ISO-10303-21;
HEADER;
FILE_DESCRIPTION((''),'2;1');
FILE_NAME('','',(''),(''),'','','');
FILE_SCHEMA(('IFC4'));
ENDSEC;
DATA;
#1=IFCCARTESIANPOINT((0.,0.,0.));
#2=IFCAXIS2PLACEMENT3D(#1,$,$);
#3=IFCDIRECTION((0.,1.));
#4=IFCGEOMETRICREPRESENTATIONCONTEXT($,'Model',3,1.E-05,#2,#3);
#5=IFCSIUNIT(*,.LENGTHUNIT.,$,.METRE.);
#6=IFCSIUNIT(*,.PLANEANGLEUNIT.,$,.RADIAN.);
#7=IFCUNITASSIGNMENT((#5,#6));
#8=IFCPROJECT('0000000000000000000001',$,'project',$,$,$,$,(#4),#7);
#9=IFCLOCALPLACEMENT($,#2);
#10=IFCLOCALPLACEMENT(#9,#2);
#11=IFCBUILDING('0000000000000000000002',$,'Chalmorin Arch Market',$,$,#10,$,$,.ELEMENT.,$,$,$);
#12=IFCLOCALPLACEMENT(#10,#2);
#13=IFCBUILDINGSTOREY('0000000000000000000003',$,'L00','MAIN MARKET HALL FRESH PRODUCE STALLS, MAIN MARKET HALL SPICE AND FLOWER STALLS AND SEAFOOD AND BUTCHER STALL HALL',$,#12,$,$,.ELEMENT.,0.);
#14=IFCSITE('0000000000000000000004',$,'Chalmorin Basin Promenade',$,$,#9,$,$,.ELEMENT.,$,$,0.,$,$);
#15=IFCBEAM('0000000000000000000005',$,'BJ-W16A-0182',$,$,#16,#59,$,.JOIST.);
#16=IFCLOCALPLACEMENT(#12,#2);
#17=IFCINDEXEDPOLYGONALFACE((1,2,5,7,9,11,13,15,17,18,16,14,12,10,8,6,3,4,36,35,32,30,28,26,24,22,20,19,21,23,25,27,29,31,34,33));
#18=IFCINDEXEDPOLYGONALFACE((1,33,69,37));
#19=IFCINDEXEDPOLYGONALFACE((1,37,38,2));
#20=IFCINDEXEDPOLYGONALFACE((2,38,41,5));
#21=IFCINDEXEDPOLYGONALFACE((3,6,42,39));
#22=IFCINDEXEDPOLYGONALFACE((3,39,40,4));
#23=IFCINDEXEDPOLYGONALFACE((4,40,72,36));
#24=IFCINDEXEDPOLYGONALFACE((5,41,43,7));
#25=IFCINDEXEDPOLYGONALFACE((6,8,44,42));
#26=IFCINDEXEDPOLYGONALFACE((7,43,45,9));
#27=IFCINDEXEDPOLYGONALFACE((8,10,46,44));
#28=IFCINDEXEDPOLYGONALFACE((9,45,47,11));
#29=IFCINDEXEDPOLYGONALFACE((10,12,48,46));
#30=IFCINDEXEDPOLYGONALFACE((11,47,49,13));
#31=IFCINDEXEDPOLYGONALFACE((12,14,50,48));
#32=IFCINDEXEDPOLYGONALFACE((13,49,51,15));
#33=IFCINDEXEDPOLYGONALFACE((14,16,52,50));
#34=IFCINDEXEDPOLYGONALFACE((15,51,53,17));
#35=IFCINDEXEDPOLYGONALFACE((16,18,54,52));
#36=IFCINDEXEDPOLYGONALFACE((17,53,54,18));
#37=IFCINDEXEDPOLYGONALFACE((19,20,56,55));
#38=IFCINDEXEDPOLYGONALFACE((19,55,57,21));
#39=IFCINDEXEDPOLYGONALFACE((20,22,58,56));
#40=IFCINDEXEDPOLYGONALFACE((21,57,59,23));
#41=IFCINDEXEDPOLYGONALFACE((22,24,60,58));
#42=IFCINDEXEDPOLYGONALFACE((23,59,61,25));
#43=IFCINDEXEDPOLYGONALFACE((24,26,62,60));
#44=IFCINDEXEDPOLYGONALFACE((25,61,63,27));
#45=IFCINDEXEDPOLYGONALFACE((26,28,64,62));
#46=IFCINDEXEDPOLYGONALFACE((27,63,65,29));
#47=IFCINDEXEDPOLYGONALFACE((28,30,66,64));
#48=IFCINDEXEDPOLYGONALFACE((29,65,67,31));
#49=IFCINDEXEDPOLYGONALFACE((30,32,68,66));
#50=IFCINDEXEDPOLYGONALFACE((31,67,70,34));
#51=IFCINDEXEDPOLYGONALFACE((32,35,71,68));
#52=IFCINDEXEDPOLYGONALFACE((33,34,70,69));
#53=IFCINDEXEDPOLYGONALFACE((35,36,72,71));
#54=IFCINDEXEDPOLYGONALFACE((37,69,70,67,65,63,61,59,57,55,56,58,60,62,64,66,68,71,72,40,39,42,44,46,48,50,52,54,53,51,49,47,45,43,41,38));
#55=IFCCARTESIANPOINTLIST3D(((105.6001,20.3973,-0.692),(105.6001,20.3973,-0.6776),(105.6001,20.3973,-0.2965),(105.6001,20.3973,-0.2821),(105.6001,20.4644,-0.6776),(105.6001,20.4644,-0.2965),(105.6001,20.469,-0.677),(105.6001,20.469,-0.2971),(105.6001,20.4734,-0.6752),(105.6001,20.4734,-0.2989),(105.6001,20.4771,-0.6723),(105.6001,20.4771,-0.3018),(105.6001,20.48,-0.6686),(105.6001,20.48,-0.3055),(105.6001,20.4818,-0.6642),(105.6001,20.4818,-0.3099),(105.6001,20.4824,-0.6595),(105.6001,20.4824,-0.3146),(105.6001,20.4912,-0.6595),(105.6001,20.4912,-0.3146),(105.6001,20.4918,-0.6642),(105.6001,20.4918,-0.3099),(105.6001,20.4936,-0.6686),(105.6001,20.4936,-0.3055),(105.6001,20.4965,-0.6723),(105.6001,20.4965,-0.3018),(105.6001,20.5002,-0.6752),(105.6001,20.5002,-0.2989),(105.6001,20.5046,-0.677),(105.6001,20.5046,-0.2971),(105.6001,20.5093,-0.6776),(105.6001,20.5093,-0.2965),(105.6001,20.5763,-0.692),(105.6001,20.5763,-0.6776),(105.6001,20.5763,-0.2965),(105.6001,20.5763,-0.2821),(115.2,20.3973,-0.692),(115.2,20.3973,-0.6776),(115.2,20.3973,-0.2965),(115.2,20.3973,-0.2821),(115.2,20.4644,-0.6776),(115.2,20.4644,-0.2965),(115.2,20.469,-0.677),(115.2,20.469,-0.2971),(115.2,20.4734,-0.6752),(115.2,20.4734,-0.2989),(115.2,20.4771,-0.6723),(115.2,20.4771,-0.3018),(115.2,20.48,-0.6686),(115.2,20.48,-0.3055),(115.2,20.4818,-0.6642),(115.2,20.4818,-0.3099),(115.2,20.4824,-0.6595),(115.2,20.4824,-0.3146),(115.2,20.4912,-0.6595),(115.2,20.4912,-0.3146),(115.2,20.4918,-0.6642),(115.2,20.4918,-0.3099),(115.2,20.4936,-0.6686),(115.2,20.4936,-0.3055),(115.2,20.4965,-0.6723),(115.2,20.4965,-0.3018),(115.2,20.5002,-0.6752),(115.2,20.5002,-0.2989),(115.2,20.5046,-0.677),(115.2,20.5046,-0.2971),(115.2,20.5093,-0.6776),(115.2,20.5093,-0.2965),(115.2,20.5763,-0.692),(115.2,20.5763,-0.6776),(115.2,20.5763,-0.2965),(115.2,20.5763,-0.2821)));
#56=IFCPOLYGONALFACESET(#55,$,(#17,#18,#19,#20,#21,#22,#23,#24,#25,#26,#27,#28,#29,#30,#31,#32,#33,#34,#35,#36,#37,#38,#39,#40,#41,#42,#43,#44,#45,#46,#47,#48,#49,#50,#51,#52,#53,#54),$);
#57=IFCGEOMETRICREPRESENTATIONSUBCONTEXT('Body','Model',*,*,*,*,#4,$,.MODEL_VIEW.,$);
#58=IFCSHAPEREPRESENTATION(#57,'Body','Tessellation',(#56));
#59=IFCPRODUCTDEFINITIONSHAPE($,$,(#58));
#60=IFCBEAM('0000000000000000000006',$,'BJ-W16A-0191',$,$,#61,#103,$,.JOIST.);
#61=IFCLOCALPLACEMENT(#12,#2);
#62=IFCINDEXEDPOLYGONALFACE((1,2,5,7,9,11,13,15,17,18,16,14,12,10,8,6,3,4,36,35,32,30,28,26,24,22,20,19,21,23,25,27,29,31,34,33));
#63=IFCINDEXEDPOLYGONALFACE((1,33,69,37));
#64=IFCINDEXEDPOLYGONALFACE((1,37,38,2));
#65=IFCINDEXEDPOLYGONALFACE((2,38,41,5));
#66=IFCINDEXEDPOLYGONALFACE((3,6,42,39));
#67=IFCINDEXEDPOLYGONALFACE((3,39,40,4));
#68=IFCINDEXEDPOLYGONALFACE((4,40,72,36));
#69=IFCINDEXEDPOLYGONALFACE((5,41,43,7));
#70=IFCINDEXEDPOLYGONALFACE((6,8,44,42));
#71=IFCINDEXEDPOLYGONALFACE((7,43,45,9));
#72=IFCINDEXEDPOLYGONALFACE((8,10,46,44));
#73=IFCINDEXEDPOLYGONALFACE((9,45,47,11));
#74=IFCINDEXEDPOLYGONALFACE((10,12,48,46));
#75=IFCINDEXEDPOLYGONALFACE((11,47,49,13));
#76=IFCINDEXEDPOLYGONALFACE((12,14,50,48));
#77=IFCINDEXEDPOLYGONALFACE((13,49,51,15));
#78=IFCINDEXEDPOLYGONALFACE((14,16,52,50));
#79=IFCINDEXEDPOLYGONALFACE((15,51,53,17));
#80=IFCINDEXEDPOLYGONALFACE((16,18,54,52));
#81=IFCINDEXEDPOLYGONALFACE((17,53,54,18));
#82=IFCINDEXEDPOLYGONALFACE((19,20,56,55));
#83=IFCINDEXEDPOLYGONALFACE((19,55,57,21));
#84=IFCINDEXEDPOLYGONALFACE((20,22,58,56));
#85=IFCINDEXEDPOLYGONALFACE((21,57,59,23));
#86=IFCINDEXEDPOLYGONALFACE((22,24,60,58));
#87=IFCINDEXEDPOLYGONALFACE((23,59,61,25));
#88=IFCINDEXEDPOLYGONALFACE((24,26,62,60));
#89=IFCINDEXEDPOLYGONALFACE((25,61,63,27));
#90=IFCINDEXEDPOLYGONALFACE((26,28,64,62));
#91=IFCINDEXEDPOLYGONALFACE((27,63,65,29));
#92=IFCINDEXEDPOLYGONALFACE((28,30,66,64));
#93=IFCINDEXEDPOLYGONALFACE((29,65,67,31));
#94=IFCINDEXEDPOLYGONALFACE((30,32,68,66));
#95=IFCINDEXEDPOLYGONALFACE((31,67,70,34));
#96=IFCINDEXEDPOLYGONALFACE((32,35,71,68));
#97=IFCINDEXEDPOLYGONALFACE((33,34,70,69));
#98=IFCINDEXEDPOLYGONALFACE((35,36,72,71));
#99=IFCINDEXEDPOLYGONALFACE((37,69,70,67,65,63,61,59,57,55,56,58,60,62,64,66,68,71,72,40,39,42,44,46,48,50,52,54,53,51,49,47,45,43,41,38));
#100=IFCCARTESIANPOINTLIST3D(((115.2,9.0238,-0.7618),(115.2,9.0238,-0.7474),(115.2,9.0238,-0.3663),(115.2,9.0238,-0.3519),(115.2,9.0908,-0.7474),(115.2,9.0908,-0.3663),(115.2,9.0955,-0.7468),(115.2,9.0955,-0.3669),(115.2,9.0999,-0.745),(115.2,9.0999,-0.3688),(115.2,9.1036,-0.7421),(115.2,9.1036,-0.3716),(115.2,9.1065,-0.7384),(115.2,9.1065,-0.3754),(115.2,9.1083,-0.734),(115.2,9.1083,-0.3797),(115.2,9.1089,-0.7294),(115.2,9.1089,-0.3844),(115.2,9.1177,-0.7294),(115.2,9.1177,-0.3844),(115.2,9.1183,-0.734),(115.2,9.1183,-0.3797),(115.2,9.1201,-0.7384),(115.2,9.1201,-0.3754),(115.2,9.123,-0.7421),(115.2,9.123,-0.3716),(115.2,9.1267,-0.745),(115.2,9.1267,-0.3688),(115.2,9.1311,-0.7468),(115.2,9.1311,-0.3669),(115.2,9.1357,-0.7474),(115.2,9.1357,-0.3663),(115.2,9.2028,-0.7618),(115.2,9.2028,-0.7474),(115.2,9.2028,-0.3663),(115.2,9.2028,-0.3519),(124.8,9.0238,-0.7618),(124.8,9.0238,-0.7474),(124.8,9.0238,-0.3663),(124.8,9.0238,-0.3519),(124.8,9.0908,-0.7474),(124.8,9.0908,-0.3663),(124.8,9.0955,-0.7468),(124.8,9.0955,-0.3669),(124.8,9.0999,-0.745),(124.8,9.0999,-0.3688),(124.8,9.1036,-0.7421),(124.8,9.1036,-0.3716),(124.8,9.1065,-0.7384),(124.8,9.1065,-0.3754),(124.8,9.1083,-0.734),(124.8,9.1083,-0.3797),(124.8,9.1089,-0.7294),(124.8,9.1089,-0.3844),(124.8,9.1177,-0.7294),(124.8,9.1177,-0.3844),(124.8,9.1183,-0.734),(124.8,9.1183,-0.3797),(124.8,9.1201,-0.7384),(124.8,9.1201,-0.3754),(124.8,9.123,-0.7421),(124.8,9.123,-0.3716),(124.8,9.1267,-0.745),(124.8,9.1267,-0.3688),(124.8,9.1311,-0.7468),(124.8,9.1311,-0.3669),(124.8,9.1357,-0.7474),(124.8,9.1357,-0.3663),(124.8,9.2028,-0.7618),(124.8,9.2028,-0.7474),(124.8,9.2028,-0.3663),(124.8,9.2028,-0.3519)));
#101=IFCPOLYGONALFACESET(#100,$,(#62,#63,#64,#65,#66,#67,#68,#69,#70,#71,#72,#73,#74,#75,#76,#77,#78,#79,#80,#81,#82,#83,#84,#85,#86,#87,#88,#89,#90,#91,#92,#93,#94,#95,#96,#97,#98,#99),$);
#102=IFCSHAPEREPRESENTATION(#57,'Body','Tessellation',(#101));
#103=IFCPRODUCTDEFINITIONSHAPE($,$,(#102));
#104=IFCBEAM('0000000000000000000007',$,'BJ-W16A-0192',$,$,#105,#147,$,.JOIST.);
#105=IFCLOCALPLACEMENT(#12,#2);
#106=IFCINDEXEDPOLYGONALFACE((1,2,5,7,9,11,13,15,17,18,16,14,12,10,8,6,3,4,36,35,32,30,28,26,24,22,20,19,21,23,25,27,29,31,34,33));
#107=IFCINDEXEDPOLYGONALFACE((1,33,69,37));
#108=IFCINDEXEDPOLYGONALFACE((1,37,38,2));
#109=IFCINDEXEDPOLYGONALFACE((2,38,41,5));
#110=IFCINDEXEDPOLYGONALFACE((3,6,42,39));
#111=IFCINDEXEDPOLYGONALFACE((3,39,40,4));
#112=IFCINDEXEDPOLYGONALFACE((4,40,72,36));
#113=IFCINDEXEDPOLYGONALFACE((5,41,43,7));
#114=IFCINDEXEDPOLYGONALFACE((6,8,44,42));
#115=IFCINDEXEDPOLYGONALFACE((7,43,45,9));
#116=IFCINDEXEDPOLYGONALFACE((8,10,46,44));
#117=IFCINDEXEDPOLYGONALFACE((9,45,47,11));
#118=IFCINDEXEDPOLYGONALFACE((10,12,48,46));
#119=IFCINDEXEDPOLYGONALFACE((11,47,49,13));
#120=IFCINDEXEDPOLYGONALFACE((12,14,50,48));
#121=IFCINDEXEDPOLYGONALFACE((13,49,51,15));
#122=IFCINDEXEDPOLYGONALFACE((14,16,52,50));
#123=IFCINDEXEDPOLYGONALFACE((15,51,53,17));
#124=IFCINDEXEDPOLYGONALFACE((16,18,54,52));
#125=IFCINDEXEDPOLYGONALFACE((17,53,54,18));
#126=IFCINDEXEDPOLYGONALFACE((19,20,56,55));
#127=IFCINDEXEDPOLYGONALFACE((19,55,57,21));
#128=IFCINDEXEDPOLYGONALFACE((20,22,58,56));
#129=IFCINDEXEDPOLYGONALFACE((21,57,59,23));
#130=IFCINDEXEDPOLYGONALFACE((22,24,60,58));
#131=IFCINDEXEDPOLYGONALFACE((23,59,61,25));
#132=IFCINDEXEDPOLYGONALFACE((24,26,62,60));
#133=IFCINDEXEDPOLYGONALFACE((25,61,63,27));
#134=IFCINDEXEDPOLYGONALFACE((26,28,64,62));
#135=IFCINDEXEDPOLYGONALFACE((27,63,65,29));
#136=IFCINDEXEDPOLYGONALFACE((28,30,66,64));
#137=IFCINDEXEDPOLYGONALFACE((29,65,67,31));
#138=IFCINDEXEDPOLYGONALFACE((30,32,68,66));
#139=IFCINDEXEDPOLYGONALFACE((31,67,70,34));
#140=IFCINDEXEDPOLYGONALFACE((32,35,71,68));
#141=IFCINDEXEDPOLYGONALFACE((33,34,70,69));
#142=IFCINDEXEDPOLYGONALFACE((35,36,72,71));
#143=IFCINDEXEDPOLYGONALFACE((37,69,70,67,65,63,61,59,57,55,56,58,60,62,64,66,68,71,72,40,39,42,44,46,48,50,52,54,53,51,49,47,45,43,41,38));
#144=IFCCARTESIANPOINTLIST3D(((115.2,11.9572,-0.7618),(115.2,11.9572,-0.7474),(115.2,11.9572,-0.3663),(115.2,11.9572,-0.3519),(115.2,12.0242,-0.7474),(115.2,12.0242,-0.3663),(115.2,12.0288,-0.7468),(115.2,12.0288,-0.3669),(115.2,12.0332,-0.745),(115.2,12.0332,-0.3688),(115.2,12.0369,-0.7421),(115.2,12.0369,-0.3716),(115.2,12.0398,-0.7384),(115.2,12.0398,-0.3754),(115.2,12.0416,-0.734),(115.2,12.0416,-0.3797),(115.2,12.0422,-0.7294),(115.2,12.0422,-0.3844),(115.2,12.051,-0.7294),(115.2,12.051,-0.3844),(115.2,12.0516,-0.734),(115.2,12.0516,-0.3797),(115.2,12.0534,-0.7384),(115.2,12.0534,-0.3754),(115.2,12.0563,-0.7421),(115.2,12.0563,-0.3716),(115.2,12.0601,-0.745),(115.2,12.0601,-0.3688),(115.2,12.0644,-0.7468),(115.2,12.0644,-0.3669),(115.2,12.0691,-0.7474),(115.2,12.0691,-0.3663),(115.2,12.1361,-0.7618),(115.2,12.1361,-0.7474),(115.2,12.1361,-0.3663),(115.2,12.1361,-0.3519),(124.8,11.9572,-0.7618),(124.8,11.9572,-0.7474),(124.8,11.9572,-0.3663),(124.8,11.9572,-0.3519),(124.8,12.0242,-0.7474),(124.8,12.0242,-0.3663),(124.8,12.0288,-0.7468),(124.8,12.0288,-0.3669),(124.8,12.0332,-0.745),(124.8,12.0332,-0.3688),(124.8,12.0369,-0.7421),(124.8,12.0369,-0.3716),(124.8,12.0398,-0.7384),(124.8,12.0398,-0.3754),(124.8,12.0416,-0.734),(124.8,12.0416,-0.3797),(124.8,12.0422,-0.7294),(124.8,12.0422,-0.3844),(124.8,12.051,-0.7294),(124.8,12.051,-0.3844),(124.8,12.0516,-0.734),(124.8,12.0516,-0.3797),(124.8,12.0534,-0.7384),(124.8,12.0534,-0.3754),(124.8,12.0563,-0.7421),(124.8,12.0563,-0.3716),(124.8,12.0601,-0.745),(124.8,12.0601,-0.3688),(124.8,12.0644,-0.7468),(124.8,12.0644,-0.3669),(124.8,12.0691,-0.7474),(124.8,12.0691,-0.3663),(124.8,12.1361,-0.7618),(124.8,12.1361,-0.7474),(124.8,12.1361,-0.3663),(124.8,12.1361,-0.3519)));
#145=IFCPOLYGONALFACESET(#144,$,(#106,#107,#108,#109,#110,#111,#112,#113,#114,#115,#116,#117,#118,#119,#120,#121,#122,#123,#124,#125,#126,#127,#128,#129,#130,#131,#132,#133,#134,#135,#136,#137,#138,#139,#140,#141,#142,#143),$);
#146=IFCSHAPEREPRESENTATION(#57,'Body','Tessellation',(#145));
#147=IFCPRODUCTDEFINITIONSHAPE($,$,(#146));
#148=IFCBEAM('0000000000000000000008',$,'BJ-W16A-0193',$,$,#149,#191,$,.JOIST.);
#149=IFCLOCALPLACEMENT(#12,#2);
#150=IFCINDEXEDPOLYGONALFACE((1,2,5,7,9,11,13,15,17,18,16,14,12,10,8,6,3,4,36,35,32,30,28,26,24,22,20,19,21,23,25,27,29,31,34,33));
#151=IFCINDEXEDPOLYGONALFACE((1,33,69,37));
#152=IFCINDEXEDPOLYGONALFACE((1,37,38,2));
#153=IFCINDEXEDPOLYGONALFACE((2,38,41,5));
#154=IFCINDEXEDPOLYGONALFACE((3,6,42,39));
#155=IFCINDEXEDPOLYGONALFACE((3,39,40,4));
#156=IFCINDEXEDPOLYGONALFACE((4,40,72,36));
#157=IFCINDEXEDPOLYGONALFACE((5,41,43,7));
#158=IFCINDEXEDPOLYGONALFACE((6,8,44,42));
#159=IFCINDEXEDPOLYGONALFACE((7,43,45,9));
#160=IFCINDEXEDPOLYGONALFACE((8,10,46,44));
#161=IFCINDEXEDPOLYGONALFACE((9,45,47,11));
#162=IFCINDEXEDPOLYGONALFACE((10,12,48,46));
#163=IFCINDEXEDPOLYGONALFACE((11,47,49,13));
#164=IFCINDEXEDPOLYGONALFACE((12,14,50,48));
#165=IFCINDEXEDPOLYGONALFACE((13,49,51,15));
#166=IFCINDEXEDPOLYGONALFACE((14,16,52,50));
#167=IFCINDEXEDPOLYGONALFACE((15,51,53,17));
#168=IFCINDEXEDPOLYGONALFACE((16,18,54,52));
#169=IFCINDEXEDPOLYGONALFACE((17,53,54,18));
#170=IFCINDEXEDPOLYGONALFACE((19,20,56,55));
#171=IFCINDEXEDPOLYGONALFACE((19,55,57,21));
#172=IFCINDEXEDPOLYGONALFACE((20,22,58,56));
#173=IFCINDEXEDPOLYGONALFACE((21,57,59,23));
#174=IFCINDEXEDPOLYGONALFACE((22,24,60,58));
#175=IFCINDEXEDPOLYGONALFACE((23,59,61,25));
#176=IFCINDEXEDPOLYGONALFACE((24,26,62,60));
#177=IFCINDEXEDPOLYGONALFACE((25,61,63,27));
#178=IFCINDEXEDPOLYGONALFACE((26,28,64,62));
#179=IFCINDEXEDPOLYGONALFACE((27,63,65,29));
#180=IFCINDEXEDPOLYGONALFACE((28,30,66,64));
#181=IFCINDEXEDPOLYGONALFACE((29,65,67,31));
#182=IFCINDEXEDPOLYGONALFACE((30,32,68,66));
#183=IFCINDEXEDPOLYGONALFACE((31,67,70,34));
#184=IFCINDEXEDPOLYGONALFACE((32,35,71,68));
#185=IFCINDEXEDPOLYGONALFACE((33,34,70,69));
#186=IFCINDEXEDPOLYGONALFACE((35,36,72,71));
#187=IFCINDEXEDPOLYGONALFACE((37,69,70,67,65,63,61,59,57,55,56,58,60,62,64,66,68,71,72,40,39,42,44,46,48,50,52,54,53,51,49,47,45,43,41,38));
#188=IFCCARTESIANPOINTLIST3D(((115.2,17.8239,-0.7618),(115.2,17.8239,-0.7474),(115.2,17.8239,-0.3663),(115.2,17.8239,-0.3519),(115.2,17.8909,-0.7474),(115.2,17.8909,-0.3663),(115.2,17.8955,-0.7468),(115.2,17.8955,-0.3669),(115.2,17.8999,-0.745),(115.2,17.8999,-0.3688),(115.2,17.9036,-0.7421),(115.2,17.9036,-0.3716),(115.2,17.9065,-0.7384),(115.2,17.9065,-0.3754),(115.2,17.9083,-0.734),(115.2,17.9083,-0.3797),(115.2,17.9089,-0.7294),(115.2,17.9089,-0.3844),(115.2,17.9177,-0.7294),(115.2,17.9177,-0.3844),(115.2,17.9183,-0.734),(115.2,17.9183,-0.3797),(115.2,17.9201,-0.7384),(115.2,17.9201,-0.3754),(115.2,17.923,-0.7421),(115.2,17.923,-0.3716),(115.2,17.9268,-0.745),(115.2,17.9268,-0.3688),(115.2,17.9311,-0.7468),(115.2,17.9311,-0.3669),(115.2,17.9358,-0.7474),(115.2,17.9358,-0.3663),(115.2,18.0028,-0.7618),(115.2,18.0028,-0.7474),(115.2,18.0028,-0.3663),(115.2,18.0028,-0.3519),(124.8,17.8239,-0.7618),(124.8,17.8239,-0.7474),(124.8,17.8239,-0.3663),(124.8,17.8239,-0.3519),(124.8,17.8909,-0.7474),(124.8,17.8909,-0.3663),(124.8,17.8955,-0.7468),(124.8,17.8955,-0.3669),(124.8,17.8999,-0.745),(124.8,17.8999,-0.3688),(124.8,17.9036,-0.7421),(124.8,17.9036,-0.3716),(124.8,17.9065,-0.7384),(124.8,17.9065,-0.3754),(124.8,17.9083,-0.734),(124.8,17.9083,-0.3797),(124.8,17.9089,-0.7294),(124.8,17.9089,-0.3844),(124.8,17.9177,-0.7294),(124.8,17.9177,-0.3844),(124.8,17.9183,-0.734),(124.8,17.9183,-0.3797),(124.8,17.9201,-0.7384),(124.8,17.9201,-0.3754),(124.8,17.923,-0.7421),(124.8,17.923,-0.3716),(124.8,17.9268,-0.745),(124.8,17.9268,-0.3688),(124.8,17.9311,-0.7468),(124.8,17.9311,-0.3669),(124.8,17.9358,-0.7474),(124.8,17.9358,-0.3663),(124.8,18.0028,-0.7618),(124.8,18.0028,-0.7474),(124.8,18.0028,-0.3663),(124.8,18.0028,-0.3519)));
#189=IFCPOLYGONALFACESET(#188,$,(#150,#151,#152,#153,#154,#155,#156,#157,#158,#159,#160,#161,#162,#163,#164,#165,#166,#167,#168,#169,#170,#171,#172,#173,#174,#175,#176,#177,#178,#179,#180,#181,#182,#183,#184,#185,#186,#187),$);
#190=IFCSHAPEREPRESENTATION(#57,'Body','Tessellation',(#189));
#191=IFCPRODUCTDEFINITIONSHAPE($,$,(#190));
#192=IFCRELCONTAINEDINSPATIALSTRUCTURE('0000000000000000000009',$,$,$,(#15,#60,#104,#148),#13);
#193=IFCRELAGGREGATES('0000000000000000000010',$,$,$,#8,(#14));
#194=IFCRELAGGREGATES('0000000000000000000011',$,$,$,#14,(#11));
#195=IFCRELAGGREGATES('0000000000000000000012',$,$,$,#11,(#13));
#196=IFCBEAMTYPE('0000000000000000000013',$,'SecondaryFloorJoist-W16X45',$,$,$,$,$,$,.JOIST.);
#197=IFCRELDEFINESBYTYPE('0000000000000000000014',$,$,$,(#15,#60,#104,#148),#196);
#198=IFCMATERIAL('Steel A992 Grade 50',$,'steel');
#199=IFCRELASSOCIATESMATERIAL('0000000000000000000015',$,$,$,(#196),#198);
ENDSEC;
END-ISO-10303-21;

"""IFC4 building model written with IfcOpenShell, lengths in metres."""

from ifc_helpers import new_model, si_unit, direction, frame, origin, origin_2d, place, context, subcontext, project, spatial, i_section, extrude, material, material_profile, profile_set, type_object, element, save


model = new_model("IFC4")

# Units and contexts
model_context = context("Model", 3, precision=1e-05, world=origin(), true_north=direction((0.0, 1.0)))
body_context = subcontext(model_context, "Body", "Model", "MODEL_VIEW")
ifc_project = project(units=[si_unit("LENGTHUNIT", "METRE"), si_unit("PLANEANGLEUNIT", "RADIAN")], contexts=[model_context])

# Site, building, storey
site_placement = place(None, origin())
site = spatial("IfcSite", under=ifc_project, at=site_placement, Name="Chalmorin Basin Promenade", CompositionType="ELEMENT", RefElevation=0.0)
building_placement = place(site_placement, origin())
building = spatial("IfcBuilding", under=site, at=building_placement, Name="Chalmorin Arch Market", CompositionType="ELEMENT")
storey_placement = place(building_placement, origin())
storey = spatial("IfcBuildingStorey", under=building, at=storey_placement, Name="L00", Description="MAIN MARKET HALL FRESH PRODUCE STALLS, MAIN MARKET HALL SPICE AND FLOWER STALLS AND SEAFOOD AND BUTCHER STALL HALL", CompositionType="ELEMENT", Elevation=0.0)

# Beams
ifc_material_1 = material(Name="Steel A992 Grade 50", Category="steel")
ifc_material_profile_1 = material_profile(ifc_material_1, i_section(OverallWidth=0.179, OverallDepth=0.4099, WebThickness=0.0088, FlangeThickness=0.0144, FilletRadius=0.0181, at=origin_2d()), Name="W16X45")
ifc_profile_set_1 = profile_set([ifc_material_profile_1], Name="Steel A992 Grade 50")
beam_type_1 = type_object("IfcBeamType", Name="SecondaryFloorJoist-W16X45", PredefinedType="JOIST", material=ifc_profile_set_1)
beam_1_placement = place(storey_placement, frame((105.6001, 20.4868, -0.4871), z_axis=(1.0, 0.0, 0.0), x_axis=(0.0, 1.0, 0.0)))
element("IfcBeam", 1, at=beam_1_placement, inside=storey, type_object=beam_type_1, Name="BJ-W16A-0182", PredefinedType="JOIST", context=body_context, shape_type="SweptSolid", body=[
    extrude(i_section(OverallWidth=0.179, OverallDepth=0.4099, WebThickness=0.0088, FlangeThickness=0.0144, FilletRadius=0.0181, at=origin_2d()), origin(), (0.0, 0.0, 1.0), 9.5999),
])
for number, where, z_axis, x_axis, name in (
    (2, (115.2, 9.1133, -0.5569), (1.0, 0.0, 0.0), (0.0, 1.0, 0.0), "BJ-W16A-0191"),
    (3, (115.2, 12.0466, -0.5569), (1.0, 0.0, 0.0), (0.0, 1.0, 0.0), "BJ-W16A-0192"),
    (4, (115.2, 17.9133, -0.5569), (1.0, 0.0, 0.0), (0.0, 1.0, 0.0), "BJ-W16A-0193"),
):
    element("IfcBeam", number, at=place(storey_placement, frame(where, z_axis=z_axis, x_axis=x_axis)), inside=storey, type_object=beam_type_1, Name=name, PredefinedType="JOIST", context=body_context, shape_type="SweptSolid", body=[
        extrude(i_section(OverallWidth=0.179, OverallDepth=0.4099, WebThickness=0.0088, FlangeThickness=0.0144, FilletRadius=0.0181, at=origin_2d()), origin(), (0.0, 0.0, 1.0), 9.6001),
    ])

save(model, "model.ifc")
